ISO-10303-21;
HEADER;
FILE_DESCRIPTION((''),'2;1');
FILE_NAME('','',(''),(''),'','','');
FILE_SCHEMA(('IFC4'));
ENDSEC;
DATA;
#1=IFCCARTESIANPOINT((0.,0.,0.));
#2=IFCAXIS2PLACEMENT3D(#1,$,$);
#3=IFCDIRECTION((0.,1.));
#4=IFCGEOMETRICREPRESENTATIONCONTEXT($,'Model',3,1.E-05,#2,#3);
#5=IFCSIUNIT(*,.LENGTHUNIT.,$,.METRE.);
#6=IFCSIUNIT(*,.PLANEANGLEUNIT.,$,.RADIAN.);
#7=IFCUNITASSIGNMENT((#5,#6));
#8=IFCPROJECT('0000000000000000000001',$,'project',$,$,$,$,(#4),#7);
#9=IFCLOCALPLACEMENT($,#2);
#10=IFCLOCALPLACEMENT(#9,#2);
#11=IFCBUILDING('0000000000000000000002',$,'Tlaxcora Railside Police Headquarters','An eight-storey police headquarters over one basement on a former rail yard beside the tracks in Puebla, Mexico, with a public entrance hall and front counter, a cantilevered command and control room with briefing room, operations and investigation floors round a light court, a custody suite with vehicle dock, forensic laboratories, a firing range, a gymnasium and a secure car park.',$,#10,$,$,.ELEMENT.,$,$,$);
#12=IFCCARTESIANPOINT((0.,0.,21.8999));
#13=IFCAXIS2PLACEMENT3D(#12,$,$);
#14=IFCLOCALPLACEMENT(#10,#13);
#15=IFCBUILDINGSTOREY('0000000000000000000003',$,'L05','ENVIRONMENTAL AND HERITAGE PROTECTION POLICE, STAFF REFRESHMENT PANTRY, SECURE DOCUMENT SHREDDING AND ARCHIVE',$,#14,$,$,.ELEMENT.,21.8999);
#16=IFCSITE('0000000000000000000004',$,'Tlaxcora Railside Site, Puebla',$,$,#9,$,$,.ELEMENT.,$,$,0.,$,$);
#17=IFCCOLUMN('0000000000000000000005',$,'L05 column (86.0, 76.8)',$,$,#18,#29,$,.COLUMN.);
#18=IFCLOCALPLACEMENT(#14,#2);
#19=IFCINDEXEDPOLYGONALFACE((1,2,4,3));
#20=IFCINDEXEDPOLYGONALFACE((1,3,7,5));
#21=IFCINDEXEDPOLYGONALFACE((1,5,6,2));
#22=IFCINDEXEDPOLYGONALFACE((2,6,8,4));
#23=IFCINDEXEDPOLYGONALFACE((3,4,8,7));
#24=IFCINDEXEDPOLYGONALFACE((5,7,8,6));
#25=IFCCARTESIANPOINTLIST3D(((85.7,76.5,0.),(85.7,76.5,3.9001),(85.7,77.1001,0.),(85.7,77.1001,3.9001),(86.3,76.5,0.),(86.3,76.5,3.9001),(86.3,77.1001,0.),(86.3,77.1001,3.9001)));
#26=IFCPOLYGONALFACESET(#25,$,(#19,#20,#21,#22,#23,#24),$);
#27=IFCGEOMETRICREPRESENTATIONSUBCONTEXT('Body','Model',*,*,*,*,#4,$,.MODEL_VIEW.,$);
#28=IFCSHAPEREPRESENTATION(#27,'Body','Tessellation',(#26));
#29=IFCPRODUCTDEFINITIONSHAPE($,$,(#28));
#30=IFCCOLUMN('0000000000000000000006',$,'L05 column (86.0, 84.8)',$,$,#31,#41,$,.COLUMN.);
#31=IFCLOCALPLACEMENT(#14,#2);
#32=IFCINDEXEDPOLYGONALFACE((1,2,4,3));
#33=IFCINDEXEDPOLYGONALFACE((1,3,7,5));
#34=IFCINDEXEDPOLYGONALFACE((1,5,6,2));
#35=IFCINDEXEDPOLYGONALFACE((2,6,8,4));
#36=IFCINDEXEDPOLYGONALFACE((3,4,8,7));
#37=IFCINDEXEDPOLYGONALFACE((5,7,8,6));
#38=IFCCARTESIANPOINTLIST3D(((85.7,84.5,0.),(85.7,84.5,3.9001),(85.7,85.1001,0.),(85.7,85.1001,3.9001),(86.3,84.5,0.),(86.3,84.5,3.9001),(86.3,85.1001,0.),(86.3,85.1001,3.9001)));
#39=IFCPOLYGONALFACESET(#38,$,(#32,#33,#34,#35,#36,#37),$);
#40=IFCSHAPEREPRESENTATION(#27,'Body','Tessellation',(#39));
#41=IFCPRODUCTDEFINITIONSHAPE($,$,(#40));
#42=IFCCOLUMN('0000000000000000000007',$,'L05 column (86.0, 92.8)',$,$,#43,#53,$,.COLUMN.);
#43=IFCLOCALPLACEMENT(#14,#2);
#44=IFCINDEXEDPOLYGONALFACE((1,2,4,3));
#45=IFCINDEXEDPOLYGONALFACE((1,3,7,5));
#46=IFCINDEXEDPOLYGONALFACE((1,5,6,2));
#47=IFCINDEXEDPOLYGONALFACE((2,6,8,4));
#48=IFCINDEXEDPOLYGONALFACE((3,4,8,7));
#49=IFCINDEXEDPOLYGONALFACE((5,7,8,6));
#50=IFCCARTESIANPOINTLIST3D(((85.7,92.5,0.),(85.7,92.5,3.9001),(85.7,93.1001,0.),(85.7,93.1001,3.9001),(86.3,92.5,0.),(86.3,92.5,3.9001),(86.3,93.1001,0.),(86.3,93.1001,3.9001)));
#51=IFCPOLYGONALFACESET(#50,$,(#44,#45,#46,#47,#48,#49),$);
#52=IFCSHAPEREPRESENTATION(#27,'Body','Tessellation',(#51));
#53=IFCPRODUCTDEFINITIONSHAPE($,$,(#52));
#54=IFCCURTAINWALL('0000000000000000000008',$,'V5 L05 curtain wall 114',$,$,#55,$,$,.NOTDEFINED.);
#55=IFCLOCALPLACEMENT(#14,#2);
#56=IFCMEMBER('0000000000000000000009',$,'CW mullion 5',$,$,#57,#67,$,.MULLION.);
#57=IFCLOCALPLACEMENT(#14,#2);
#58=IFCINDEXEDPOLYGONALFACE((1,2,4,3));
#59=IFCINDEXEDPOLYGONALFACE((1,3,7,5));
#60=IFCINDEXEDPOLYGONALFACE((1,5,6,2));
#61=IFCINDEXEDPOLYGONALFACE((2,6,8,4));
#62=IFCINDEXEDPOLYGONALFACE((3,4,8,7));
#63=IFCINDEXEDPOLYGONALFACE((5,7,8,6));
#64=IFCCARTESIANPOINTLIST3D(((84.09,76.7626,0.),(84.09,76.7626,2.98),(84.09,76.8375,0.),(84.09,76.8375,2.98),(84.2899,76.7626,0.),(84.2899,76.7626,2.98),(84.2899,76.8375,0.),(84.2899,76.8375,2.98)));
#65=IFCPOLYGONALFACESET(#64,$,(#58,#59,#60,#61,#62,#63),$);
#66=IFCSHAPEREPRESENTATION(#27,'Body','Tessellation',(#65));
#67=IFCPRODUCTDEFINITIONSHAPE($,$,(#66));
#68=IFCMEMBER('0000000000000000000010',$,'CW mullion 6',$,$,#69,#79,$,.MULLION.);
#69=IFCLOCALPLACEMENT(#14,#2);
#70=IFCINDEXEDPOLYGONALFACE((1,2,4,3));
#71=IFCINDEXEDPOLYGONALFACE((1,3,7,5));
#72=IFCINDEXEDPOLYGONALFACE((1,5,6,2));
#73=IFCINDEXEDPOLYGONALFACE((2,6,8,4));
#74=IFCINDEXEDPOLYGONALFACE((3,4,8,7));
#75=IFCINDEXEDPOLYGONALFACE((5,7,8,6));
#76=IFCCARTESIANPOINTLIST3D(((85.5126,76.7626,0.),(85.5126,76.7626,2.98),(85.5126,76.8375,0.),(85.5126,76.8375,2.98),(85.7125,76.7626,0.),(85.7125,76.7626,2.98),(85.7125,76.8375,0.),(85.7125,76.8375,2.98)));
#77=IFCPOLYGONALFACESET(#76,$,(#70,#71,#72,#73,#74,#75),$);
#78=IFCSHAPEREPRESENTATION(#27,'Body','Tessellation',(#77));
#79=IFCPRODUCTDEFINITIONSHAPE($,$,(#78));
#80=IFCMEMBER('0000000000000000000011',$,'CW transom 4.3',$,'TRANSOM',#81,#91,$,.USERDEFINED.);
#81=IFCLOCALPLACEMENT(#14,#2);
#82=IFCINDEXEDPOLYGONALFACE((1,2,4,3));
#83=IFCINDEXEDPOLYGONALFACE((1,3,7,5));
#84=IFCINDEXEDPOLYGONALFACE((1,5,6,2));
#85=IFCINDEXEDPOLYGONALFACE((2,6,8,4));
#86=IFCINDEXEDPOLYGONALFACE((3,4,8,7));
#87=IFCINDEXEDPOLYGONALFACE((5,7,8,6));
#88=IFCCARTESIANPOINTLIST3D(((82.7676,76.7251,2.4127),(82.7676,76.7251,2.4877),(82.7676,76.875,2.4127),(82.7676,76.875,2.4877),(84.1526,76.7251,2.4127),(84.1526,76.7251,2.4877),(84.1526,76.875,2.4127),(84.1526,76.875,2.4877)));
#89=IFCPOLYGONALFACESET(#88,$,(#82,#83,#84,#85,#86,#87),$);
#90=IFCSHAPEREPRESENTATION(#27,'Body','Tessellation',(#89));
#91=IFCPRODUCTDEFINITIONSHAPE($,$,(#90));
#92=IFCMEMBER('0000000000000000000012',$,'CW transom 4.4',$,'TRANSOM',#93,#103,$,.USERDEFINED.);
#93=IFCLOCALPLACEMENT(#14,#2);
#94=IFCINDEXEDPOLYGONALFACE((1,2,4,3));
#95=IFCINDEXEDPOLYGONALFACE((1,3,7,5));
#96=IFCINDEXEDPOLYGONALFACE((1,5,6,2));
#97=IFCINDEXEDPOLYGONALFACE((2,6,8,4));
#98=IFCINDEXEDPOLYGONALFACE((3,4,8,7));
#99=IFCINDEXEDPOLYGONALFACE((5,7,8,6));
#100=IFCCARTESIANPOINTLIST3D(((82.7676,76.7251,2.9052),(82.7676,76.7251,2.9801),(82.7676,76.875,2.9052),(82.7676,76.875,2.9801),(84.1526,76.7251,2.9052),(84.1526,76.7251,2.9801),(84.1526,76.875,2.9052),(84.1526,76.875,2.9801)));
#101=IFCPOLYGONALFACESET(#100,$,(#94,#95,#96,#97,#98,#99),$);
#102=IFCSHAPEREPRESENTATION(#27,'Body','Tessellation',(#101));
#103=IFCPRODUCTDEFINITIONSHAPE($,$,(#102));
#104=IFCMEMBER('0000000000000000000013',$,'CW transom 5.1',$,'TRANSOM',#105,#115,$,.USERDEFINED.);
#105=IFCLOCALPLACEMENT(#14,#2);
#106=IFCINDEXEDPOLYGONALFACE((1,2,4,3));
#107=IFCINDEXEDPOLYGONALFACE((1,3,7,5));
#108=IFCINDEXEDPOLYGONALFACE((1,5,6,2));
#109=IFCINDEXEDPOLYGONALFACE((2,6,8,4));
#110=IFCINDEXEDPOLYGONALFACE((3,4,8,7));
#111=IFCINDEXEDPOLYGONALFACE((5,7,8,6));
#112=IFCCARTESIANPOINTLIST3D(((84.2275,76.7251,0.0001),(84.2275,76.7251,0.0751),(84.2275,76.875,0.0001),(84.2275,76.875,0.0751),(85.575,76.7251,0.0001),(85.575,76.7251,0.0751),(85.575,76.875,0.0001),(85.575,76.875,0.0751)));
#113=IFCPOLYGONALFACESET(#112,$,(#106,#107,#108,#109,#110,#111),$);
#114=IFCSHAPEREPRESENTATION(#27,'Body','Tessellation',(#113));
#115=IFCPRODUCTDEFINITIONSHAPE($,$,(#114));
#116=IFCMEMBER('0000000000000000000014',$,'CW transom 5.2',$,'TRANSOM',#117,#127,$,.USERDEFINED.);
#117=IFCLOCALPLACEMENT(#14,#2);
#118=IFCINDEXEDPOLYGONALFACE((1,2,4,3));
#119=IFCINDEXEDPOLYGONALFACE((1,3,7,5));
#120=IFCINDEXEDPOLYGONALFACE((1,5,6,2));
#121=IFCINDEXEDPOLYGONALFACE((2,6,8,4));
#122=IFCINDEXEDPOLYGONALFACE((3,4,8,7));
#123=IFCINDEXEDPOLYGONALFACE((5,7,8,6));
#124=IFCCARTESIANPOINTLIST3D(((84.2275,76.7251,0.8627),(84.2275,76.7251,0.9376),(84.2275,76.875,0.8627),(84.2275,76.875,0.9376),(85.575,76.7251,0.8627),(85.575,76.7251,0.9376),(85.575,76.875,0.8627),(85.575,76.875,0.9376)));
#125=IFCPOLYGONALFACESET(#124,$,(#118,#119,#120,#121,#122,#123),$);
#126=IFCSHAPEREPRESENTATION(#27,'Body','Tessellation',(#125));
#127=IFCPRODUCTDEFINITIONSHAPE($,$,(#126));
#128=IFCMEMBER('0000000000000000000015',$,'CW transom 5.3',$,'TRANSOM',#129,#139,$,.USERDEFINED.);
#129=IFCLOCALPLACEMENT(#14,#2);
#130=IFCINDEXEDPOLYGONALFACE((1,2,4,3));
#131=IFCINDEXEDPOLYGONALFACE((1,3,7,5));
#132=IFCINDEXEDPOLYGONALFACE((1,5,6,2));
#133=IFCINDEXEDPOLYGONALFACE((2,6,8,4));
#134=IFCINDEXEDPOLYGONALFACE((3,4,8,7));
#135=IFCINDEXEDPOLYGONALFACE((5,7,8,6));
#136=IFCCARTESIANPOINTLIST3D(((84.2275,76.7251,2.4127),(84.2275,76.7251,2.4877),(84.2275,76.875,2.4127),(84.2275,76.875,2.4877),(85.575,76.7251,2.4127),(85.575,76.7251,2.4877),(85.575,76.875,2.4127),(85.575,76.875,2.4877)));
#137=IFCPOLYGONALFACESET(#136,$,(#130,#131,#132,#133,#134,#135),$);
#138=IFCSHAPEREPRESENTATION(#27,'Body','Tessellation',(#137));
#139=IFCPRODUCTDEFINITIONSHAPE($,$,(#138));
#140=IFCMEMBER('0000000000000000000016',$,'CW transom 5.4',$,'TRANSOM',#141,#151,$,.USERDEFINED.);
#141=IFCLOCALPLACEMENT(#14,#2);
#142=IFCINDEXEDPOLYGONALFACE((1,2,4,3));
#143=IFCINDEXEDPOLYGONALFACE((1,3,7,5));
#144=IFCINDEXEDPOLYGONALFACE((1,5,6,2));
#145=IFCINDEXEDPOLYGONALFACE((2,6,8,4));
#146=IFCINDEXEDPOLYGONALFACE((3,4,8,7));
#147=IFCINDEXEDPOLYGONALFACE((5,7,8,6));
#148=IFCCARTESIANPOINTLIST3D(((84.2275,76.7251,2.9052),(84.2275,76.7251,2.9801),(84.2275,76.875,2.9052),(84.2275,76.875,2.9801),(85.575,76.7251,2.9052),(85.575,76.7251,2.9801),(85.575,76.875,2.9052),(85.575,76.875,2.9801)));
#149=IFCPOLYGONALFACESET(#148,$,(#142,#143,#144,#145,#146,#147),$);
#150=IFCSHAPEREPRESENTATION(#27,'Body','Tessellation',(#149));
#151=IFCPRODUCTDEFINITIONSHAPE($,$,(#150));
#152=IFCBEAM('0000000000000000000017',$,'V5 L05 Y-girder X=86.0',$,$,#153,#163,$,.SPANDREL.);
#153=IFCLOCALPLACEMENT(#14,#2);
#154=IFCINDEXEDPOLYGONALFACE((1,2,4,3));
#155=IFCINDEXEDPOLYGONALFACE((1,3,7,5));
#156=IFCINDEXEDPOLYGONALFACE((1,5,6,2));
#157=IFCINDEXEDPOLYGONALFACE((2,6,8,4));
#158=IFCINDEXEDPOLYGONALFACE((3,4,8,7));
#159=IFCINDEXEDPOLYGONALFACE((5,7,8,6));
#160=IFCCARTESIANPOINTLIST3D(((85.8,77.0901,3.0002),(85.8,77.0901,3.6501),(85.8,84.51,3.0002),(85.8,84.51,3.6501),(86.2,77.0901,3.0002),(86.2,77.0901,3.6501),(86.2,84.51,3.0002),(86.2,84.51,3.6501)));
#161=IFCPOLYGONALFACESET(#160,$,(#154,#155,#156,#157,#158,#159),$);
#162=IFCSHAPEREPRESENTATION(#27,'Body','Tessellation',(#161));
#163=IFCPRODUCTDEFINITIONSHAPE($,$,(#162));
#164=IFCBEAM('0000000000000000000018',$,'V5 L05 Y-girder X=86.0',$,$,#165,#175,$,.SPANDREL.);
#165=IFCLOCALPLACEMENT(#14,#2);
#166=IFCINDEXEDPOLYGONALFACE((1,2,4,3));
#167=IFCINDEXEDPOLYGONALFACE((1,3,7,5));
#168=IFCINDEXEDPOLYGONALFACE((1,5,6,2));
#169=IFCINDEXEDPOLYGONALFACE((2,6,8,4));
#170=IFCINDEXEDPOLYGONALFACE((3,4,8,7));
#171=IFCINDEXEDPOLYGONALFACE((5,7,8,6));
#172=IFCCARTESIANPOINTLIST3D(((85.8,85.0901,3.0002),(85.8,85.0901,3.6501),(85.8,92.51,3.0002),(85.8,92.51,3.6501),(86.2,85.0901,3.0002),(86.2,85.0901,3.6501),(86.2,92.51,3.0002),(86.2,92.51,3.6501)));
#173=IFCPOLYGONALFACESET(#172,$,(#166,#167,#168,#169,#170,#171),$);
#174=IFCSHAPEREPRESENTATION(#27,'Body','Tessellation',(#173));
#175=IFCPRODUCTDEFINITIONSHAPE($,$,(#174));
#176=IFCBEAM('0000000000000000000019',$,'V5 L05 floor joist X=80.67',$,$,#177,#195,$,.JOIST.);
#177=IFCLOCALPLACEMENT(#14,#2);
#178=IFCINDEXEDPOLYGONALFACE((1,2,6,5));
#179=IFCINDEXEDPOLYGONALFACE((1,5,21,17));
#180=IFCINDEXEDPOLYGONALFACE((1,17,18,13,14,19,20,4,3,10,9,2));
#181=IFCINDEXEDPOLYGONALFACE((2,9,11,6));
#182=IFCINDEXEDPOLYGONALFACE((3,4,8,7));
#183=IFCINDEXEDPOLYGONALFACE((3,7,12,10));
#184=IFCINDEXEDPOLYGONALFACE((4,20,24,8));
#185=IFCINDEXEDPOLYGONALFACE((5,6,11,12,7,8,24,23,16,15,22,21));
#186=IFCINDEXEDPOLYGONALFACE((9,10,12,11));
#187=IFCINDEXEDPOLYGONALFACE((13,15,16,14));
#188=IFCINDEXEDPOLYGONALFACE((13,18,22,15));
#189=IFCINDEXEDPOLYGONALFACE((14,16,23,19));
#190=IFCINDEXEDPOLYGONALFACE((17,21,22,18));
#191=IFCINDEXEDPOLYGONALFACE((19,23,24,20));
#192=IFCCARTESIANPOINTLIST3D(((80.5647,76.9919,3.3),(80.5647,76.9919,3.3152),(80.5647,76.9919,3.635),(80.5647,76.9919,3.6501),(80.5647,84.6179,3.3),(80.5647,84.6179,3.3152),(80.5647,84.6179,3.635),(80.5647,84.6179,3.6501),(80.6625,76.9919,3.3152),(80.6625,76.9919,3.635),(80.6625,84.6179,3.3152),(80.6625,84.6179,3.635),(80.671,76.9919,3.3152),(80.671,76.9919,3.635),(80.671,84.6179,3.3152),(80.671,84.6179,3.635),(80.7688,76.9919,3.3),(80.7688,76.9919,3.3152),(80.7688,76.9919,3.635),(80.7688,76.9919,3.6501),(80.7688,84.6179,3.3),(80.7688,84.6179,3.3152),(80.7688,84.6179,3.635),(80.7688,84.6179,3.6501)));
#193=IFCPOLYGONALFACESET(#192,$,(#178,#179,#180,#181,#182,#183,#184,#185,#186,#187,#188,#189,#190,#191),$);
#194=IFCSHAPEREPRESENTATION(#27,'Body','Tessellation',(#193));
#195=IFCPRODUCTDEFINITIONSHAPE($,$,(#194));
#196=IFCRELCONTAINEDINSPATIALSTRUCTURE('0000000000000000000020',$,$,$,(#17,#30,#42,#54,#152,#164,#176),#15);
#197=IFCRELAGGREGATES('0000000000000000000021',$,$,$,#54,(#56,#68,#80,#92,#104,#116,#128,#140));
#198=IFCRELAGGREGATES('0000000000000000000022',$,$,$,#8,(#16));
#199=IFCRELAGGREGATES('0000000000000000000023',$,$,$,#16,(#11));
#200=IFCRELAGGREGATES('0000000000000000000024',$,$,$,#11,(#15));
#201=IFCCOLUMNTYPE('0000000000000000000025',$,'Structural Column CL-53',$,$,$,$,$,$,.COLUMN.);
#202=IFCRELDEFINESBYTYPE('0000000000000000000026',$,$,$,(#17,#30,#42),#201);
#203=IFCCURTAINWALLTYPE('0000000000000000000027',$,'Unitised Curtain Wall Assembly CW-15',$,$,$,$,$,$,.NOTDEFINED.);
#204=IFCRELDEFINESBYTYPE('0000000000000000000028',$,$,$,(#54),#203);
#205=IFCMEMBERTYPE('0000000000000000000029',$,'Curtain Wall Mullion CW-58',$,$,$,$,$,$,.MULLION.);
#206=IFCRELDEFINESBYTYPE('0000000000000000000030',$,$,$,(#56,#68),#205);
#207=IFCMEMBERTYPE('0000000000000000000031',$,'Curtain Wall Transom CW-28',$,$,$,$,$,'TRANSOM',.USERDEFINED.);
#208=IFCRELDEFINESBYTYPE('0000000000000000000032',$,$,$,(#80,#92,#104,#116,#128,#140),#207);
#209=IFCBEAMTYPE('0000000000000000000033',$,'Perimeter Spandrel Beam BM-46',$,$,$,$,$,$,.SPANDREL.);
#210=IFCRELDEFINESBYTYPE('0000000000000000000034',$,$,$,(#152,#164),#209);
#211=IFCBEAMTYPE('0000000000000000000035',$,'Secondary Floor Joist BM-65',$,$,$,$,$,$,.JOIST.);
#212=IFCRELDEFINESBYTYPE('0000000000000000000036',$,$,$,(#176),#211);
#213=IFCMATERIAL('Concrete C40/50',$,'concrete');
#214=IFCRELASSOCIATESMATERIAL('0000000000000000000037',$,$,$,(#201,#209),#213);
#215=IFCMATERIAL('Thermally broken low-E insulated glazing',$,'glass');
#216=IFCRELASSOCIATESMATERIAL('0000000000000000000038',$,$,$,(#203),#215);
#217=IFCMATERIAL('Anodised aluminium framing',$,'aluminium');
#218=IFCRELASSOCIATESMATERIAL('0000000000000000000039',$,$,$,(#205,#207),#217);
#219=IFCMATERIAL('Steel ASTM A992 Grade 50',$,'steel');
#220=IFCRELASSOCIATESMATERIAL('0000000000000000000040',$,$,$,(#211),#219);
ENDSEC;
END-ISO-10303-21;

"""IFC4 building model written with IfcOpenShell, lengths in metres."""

from ifc_helpers import new_model, si_unit, direction, frame, origin, origin_2d, place, context, subcontext, project, spatial, rectangle, i_section, extrude, material, material_profile, profile_set, type_object, element, aggregate, save


model = new_model("IFC4")

# Units and contexts
model_context = context("Model", 3, precision=1e-05, world=origin(), true_north=direction((0.0, 1.0)))
body_context = subcontext(model_context, "Body", "Model", "MODEL_VIEW")
ifc_project = project(units=[si_unit("LENGTHUNIT", "METRE"), si_unit("PLANEANGLEUNIT", "RADIAN")], contexts=[model_context])

# Site, building, storey
site_placement = place(None, origin())
site = spatial("IfcSite", under=ifc_project, at=site_placement, Name="Tlaxcora Railside Site, Puebla", CompositionType="ELEMENT", RefElevation=0.0)
building_placement = place(site_placement, origin())
building = spatial("IfcBuilding", under=site, at=building_placement, Name="Tlaxcora Railside Police Headquarters", Description="An eight-storey police headquarters over one basement on a former rail yard beside the tracks in Puebla, Mexico, with a public entrance hall and front counter, a cantilevered command and control room with briefing room, operations and investigation floors round a light court, a custody suite with vehicle dock, forensic laboratories, a firing range, a gymnasium and a secure car park.", CompositionType="ELEMENT")
storey_placement = place(building_placement, frame((0.0, 0.0, 21.8999)))
storey = spatial("IfcBuildingStorey", under=building, at=storey_placement, Name="L05", Description="ENVIRONMENTAL AND HERITAGE PROTECTION POLICE, STAFF REFRESHMENT PANTRY, SECURE DOCUMENT SHREDDING AND ARCHIVE", CompositionType="ELEMENT", Elevation=21.8999)

# Columns
ifc_material_1 = material(Name="Concrete C40/50", Category="concrete")
ifc_material_profile_1 = material_profile(ifc_material_1, rectangle(XDim=0.6001, YDim=0.6001, at=origin_2d()), Name="RC600X600")
ifc_profile_set_1 = profile_set([ifc_material_profile_1], Name="Concrete C40/50")
column_type = type_object("IfcColumnType", Name="Structural Column CL-53", PredefinedType="COLUMN", material=ifc_profile_set_1)
for number, where, z_axis, x_axis, name in (
    (1, (86.0, 76.8, 0.0), (0.0, 0.0, 1.0), (1.0, 0.0, 0.0), "L05 column (86.0, 76.8)"),
    (2, (86.0, 84.8, 0.0), (0.0, 0.0, 1.0), (1.0, 0.0, 0.0), "L05 column (86.0, 84.8)"),
    (3, (86.0, 92.8, 0.0), (0.0, 0.0, 1.0), (1.0, 0.0, 0.0), "L05 column (86.0, 92.8)"),
):
    element("IfcColumn", number, at=place(storey_placement, frame(where, z_axis=z_axis, x_axis=x_axis)), inside=storey, type_object=column_type, Name=name, PredefinedType="COLUMN", context=body_context, shape_type="SweptSolid", body=[
        extrude(rectangle(XDim=0.6001, YDim=0.6001, at=origin_2d()), origin(), (0.0, 0.0, 1.0), 3.9001),
    ])

# Curtain wall, members
ifc_material_2 = material(Name="Thermally broken low-E insulated glazing", Category="glass")
curtain_wall_type = type_object("IfcCurtainWallType", Name="Unitised Curtain Wall Assembly CW-15", PredefinedType="NOTDEFINED", material=ifc_material_2)
curtain_wall_placement = place(storey_placement, origin())
curtain_wall = element("IfcCurtainWall", 4, at=curtain_wall_placement, inside=storey, type_object=curtain_wall_type, Name="V5 L05 curtain wall 114", PredefinedType="NOTDEFINED")
ifc_material_3 = material(Name="Anodised aluminium framing", Category="aluminium")
ifc_material_profile_2 = material_profile(ifc_material_3, rectangle(XDim=0.075, YDim=0.2, at=origin_2d()), Name="AL75X200")
ifc_profile_set_2 = profile_set([ifc_material_profile_2], Name="Anodised aluminium framing")
member_type_1 = type_object("IfcMemberType", Name="Curtain Wall Mullion CW-58", PredefinedType="MULLION", material=ifc_profile_set_2)
member_1_placement = place(storey_placement, frame((84.1899, 76.8, 0.0), z_axis=(0.0, 0.0, 1.0), x_axis=(0.0, 1.0, 0.0)))
member_1 = element("IfcMember", 5, at=member_1_placement, type_object=member_type_1, Name="CW mullion 5", PredefinedType="MULLION", context=body_context, shape_type="SweptSolid", body=[
    extrude(rectangle(XDim=0.075, YDim=0.2, at=origin_2d()), origin(), (0.0, 0.0, 1.0), 2.98),
])
member_2_placement = place(storey_placement, frame((85.6125, 76.8, 0.0), z_axis=(0.0, 0.0, 1.0), x_axis=(0.0, 1.0, 0.0)))
member_2 = element("IfcMember", 6, at=member_2_placement, type_object=member_type_1, Name="CW mullion 6", PredefinedType="MULLION", context=body_context, shape_type="SweptSolid", body=[
    extrude(rectangle(XDim=0.075, YDim=0.2, at=origin_2d()), origin(), (0.0, 0.0, 1.0), 2.98),
])
ifc_material_profile_3 = material_profile(ifc_material_3, rectangle(XDim=0.1499, YDim=0.075, at=origin_2d()), Name="AL75X150")
ifc_profile_set_3 = profile_set([ifc_material_profile_3], Name="Anodised aluminium framing")
member_type_2 = type_object("IfcMemberType", Name="Curtain Wall Transom CW-28", ElementType="TRANSOM", PredefinedType="USERDEFINED", material=ifc_profile_set_3)
member_3_placement = place(storey_placement, frame((82.7676, 76.8, 2.4502), z_axis=(1.0, 0.0, 0.0), x_axis=(0.0, 1.0, 0.0)))
member_3 = element("IfcMember", 7, at=member_3_placement, type_object=member_type_2, Name="CW transom 4.3", ObjectType="TRANSOM", PredefinedType="USERDEFINED", context=body_context, shape_type="SweptSolid", body=[
    extrude(rectangle(XDim=0.1499, YDim=0.075, at=origin_2d()), origin(), (0.0, 0.0, 1.0), 1.385),
])
member_4_placement = place(storey_placement, frame((82.7676, 76.8, 2.9426), z_axis=(1.0, 0.0, 0.0), x_axis=(0.0, 1.0, 0.0)))
member_4 = element("IfcMember", 8, at=member_4_placement, type_object=member_type_2, Name="CW transom 4.4", ObjectType="TRANSOM", PredefinedType="USERDEFINED", context=body_context, shape_type="SweptSolid", body=[
    extrude(rectangle(XDim=0.1499, YDim=0.075, at=origin_2d()), origin(), (0.0, 0.0, 1.0), 1.385),
])
member_5_placement = place(storey_placement, frame((84.2275, 76.8, 0.0376), z_axis=(1.0, 0.0, 0.0), x_axis=(0.0, 1.0, 0.0)))
member_5 = element("IfcMember", 9, at=member_5_placement, type_object=member_type_2, Name="CW transom 5.1", ObjectType="TRANSOM", PredefinedType="USERDEFINED", context=body_context, shape_type="SweptSolid", body=[
    extrude(rectangle(XDim=0.1499, YDim=0.075, at=origin_2d()), origin(), (0.0, 0.0, 1.0), 1.3474),
])
member_6_placement = place(storey_placement, frame((84.2275, 76.8, 0.9001), z_axis=(1.0, 0.0, 0.0), x_axis=(0.0, 1.0, 0.0)))
member_6 = element("IfcMember", 10, at=member_6_placement, type_object=member_type_2, Name="CW transom 5.2", ObjectType="TRANSOM", PredefinedType="USERDEFINED", context=body_context, shape_type="SweptSolid", body=[
    extrude(rectangle(XDim=0.1499, YDim=0.075, at=origin_2d()), origin(), (0.0, 0.0, 1.0), 1.3474),
])
member_7_placement = place(storey_placement, frame((84.2275, 76.8, 2.4502), z_axis=(1.0, 0.0, 0.0), x_axis=(0.0, 1.0, 0.0)))
member_7 = element("IfcMember", 11, at=member_7_placement, type_object=member_type_2, Name="CW transom 5.3", ObjectType="TRANSOM", PredefinedType="USERDEFINED", context=body_context, shape_type="SweptSolid", body=[
    extrude(rectangle(XDim=0.1499, YDim=0.075, at=origin_2d()), origin(), (0.0, 0.0, 1.0), 1.3474),
])
member_8_placement = place(storey_placement, frame((84.2275, 76.8, 2.9426), z_axis=(1.0, 0.0, 0.0), x_axis=(0.0, 1.0, 0.0)))
member_8 = element("IfcMember", 12, at=member_8_placement, type_object=member_type_2, Name="CW transom 5.4", ObjectType="TRANSOM", PredefinedType="USERDEFINED", context=body_context, shape_type="SweptSolid", body=[
    extrude(rectangle(XDim=0.1499, YDim=0.075, at=origin_2d()), origin(), (0.0, 0.0, 1.0), 1.3474),
])

# Beams
ifc_material_profile_4 = material_profile(ifc_material_1, rectangle(XDim=0.3999, YDim=0.6499, at=origin_2d()), Name="RC400X650")
ifc_profile_set_4 = profile_set([ifc_material_profile_4], Name="Concrete C40/50")
beam_type_1 = type_object("IfcBeamType", Name="Perimeter Spandrel Beam BM-46", PredefinedType="SPANDREL", material=ifc_profile_set_4)
for number, where, z_axis, x_axis, name in (
    (13, (86.0, 77.0901, 3.3252), (0.0, 1.0, 0.0), (-1.0, 0.0, 0.0), "V5 L05 Y-girder X=86.0"),
    (14, (86.0, 85.0901, 3.3252), (0.0, 1.0, 0.0), (-1.0, 0.0, 0.0), "V5 L05 Y-girder X=86.0"),
):
    element("IfcBeam", number, at=place(storey_placement, frame(where, z_axis=z_axis, x_axis=x_axis)), inside=storey, type_object=beam_type_1, Name=name, PredefinedType="SPANDREL", context=body_context, shape_type="SweptSolid", body=[
        extrude(rectangle(XDim=0.3999, YDim=0.6499, at=origin_2d()), origin(), (0.0, 0.0, 1.0), 7.4199),
    ])
ifc_material_4 = material(Name="Steel ASTM A992 Grade 50", Category="steel")
ifc_material_profile_5 = material_profile(ifc_material_4, i_section(OverallWidth=0.2041, OverallDepth=0.3501, WebThickness=0.0085, FlangeThickness=0.0151, at=origin_2d()), Name="W14X48")
ifc_profile_set_5 = profile_set([ifc_material_profile_5], Name="Steel ASTM A992 Grade 50")
beam_type_2 = type_object("IfcBeamType", Name="Secondary Floor Joist BM-65", PredefinedType="JOIST", material=ifc_profile_set_5)
beam_placement = place(storey_placement, frame((80.6667, 76.9919, 3.4751), z_axis=(0.0, 1.0, 0.0), x_axis=(-1.0, 0.0, 0.0)))
element("IfcBeam", 15, at=beam_placement, inside=storey, type_object=beam_type_2, Name="V5 L05 floor joist X=80.67", PredefinedType="JOIST", context=body_context, shape_type="SweptSolid", body=[
    extrude(i_section(OverallWidth=0.2041, OverallDepth=0.3501, WebThickness=0.0085, FlangeThickness=0.0151, at=origin_2d()), origin(), (0.0, 0.0, 1.0), 7.626),
])

aggregate(curtain_wall, [member_1, member_2, member_3, member_4, member_5, member_6, member_7, member_8])

save(model, "model.ifc")
